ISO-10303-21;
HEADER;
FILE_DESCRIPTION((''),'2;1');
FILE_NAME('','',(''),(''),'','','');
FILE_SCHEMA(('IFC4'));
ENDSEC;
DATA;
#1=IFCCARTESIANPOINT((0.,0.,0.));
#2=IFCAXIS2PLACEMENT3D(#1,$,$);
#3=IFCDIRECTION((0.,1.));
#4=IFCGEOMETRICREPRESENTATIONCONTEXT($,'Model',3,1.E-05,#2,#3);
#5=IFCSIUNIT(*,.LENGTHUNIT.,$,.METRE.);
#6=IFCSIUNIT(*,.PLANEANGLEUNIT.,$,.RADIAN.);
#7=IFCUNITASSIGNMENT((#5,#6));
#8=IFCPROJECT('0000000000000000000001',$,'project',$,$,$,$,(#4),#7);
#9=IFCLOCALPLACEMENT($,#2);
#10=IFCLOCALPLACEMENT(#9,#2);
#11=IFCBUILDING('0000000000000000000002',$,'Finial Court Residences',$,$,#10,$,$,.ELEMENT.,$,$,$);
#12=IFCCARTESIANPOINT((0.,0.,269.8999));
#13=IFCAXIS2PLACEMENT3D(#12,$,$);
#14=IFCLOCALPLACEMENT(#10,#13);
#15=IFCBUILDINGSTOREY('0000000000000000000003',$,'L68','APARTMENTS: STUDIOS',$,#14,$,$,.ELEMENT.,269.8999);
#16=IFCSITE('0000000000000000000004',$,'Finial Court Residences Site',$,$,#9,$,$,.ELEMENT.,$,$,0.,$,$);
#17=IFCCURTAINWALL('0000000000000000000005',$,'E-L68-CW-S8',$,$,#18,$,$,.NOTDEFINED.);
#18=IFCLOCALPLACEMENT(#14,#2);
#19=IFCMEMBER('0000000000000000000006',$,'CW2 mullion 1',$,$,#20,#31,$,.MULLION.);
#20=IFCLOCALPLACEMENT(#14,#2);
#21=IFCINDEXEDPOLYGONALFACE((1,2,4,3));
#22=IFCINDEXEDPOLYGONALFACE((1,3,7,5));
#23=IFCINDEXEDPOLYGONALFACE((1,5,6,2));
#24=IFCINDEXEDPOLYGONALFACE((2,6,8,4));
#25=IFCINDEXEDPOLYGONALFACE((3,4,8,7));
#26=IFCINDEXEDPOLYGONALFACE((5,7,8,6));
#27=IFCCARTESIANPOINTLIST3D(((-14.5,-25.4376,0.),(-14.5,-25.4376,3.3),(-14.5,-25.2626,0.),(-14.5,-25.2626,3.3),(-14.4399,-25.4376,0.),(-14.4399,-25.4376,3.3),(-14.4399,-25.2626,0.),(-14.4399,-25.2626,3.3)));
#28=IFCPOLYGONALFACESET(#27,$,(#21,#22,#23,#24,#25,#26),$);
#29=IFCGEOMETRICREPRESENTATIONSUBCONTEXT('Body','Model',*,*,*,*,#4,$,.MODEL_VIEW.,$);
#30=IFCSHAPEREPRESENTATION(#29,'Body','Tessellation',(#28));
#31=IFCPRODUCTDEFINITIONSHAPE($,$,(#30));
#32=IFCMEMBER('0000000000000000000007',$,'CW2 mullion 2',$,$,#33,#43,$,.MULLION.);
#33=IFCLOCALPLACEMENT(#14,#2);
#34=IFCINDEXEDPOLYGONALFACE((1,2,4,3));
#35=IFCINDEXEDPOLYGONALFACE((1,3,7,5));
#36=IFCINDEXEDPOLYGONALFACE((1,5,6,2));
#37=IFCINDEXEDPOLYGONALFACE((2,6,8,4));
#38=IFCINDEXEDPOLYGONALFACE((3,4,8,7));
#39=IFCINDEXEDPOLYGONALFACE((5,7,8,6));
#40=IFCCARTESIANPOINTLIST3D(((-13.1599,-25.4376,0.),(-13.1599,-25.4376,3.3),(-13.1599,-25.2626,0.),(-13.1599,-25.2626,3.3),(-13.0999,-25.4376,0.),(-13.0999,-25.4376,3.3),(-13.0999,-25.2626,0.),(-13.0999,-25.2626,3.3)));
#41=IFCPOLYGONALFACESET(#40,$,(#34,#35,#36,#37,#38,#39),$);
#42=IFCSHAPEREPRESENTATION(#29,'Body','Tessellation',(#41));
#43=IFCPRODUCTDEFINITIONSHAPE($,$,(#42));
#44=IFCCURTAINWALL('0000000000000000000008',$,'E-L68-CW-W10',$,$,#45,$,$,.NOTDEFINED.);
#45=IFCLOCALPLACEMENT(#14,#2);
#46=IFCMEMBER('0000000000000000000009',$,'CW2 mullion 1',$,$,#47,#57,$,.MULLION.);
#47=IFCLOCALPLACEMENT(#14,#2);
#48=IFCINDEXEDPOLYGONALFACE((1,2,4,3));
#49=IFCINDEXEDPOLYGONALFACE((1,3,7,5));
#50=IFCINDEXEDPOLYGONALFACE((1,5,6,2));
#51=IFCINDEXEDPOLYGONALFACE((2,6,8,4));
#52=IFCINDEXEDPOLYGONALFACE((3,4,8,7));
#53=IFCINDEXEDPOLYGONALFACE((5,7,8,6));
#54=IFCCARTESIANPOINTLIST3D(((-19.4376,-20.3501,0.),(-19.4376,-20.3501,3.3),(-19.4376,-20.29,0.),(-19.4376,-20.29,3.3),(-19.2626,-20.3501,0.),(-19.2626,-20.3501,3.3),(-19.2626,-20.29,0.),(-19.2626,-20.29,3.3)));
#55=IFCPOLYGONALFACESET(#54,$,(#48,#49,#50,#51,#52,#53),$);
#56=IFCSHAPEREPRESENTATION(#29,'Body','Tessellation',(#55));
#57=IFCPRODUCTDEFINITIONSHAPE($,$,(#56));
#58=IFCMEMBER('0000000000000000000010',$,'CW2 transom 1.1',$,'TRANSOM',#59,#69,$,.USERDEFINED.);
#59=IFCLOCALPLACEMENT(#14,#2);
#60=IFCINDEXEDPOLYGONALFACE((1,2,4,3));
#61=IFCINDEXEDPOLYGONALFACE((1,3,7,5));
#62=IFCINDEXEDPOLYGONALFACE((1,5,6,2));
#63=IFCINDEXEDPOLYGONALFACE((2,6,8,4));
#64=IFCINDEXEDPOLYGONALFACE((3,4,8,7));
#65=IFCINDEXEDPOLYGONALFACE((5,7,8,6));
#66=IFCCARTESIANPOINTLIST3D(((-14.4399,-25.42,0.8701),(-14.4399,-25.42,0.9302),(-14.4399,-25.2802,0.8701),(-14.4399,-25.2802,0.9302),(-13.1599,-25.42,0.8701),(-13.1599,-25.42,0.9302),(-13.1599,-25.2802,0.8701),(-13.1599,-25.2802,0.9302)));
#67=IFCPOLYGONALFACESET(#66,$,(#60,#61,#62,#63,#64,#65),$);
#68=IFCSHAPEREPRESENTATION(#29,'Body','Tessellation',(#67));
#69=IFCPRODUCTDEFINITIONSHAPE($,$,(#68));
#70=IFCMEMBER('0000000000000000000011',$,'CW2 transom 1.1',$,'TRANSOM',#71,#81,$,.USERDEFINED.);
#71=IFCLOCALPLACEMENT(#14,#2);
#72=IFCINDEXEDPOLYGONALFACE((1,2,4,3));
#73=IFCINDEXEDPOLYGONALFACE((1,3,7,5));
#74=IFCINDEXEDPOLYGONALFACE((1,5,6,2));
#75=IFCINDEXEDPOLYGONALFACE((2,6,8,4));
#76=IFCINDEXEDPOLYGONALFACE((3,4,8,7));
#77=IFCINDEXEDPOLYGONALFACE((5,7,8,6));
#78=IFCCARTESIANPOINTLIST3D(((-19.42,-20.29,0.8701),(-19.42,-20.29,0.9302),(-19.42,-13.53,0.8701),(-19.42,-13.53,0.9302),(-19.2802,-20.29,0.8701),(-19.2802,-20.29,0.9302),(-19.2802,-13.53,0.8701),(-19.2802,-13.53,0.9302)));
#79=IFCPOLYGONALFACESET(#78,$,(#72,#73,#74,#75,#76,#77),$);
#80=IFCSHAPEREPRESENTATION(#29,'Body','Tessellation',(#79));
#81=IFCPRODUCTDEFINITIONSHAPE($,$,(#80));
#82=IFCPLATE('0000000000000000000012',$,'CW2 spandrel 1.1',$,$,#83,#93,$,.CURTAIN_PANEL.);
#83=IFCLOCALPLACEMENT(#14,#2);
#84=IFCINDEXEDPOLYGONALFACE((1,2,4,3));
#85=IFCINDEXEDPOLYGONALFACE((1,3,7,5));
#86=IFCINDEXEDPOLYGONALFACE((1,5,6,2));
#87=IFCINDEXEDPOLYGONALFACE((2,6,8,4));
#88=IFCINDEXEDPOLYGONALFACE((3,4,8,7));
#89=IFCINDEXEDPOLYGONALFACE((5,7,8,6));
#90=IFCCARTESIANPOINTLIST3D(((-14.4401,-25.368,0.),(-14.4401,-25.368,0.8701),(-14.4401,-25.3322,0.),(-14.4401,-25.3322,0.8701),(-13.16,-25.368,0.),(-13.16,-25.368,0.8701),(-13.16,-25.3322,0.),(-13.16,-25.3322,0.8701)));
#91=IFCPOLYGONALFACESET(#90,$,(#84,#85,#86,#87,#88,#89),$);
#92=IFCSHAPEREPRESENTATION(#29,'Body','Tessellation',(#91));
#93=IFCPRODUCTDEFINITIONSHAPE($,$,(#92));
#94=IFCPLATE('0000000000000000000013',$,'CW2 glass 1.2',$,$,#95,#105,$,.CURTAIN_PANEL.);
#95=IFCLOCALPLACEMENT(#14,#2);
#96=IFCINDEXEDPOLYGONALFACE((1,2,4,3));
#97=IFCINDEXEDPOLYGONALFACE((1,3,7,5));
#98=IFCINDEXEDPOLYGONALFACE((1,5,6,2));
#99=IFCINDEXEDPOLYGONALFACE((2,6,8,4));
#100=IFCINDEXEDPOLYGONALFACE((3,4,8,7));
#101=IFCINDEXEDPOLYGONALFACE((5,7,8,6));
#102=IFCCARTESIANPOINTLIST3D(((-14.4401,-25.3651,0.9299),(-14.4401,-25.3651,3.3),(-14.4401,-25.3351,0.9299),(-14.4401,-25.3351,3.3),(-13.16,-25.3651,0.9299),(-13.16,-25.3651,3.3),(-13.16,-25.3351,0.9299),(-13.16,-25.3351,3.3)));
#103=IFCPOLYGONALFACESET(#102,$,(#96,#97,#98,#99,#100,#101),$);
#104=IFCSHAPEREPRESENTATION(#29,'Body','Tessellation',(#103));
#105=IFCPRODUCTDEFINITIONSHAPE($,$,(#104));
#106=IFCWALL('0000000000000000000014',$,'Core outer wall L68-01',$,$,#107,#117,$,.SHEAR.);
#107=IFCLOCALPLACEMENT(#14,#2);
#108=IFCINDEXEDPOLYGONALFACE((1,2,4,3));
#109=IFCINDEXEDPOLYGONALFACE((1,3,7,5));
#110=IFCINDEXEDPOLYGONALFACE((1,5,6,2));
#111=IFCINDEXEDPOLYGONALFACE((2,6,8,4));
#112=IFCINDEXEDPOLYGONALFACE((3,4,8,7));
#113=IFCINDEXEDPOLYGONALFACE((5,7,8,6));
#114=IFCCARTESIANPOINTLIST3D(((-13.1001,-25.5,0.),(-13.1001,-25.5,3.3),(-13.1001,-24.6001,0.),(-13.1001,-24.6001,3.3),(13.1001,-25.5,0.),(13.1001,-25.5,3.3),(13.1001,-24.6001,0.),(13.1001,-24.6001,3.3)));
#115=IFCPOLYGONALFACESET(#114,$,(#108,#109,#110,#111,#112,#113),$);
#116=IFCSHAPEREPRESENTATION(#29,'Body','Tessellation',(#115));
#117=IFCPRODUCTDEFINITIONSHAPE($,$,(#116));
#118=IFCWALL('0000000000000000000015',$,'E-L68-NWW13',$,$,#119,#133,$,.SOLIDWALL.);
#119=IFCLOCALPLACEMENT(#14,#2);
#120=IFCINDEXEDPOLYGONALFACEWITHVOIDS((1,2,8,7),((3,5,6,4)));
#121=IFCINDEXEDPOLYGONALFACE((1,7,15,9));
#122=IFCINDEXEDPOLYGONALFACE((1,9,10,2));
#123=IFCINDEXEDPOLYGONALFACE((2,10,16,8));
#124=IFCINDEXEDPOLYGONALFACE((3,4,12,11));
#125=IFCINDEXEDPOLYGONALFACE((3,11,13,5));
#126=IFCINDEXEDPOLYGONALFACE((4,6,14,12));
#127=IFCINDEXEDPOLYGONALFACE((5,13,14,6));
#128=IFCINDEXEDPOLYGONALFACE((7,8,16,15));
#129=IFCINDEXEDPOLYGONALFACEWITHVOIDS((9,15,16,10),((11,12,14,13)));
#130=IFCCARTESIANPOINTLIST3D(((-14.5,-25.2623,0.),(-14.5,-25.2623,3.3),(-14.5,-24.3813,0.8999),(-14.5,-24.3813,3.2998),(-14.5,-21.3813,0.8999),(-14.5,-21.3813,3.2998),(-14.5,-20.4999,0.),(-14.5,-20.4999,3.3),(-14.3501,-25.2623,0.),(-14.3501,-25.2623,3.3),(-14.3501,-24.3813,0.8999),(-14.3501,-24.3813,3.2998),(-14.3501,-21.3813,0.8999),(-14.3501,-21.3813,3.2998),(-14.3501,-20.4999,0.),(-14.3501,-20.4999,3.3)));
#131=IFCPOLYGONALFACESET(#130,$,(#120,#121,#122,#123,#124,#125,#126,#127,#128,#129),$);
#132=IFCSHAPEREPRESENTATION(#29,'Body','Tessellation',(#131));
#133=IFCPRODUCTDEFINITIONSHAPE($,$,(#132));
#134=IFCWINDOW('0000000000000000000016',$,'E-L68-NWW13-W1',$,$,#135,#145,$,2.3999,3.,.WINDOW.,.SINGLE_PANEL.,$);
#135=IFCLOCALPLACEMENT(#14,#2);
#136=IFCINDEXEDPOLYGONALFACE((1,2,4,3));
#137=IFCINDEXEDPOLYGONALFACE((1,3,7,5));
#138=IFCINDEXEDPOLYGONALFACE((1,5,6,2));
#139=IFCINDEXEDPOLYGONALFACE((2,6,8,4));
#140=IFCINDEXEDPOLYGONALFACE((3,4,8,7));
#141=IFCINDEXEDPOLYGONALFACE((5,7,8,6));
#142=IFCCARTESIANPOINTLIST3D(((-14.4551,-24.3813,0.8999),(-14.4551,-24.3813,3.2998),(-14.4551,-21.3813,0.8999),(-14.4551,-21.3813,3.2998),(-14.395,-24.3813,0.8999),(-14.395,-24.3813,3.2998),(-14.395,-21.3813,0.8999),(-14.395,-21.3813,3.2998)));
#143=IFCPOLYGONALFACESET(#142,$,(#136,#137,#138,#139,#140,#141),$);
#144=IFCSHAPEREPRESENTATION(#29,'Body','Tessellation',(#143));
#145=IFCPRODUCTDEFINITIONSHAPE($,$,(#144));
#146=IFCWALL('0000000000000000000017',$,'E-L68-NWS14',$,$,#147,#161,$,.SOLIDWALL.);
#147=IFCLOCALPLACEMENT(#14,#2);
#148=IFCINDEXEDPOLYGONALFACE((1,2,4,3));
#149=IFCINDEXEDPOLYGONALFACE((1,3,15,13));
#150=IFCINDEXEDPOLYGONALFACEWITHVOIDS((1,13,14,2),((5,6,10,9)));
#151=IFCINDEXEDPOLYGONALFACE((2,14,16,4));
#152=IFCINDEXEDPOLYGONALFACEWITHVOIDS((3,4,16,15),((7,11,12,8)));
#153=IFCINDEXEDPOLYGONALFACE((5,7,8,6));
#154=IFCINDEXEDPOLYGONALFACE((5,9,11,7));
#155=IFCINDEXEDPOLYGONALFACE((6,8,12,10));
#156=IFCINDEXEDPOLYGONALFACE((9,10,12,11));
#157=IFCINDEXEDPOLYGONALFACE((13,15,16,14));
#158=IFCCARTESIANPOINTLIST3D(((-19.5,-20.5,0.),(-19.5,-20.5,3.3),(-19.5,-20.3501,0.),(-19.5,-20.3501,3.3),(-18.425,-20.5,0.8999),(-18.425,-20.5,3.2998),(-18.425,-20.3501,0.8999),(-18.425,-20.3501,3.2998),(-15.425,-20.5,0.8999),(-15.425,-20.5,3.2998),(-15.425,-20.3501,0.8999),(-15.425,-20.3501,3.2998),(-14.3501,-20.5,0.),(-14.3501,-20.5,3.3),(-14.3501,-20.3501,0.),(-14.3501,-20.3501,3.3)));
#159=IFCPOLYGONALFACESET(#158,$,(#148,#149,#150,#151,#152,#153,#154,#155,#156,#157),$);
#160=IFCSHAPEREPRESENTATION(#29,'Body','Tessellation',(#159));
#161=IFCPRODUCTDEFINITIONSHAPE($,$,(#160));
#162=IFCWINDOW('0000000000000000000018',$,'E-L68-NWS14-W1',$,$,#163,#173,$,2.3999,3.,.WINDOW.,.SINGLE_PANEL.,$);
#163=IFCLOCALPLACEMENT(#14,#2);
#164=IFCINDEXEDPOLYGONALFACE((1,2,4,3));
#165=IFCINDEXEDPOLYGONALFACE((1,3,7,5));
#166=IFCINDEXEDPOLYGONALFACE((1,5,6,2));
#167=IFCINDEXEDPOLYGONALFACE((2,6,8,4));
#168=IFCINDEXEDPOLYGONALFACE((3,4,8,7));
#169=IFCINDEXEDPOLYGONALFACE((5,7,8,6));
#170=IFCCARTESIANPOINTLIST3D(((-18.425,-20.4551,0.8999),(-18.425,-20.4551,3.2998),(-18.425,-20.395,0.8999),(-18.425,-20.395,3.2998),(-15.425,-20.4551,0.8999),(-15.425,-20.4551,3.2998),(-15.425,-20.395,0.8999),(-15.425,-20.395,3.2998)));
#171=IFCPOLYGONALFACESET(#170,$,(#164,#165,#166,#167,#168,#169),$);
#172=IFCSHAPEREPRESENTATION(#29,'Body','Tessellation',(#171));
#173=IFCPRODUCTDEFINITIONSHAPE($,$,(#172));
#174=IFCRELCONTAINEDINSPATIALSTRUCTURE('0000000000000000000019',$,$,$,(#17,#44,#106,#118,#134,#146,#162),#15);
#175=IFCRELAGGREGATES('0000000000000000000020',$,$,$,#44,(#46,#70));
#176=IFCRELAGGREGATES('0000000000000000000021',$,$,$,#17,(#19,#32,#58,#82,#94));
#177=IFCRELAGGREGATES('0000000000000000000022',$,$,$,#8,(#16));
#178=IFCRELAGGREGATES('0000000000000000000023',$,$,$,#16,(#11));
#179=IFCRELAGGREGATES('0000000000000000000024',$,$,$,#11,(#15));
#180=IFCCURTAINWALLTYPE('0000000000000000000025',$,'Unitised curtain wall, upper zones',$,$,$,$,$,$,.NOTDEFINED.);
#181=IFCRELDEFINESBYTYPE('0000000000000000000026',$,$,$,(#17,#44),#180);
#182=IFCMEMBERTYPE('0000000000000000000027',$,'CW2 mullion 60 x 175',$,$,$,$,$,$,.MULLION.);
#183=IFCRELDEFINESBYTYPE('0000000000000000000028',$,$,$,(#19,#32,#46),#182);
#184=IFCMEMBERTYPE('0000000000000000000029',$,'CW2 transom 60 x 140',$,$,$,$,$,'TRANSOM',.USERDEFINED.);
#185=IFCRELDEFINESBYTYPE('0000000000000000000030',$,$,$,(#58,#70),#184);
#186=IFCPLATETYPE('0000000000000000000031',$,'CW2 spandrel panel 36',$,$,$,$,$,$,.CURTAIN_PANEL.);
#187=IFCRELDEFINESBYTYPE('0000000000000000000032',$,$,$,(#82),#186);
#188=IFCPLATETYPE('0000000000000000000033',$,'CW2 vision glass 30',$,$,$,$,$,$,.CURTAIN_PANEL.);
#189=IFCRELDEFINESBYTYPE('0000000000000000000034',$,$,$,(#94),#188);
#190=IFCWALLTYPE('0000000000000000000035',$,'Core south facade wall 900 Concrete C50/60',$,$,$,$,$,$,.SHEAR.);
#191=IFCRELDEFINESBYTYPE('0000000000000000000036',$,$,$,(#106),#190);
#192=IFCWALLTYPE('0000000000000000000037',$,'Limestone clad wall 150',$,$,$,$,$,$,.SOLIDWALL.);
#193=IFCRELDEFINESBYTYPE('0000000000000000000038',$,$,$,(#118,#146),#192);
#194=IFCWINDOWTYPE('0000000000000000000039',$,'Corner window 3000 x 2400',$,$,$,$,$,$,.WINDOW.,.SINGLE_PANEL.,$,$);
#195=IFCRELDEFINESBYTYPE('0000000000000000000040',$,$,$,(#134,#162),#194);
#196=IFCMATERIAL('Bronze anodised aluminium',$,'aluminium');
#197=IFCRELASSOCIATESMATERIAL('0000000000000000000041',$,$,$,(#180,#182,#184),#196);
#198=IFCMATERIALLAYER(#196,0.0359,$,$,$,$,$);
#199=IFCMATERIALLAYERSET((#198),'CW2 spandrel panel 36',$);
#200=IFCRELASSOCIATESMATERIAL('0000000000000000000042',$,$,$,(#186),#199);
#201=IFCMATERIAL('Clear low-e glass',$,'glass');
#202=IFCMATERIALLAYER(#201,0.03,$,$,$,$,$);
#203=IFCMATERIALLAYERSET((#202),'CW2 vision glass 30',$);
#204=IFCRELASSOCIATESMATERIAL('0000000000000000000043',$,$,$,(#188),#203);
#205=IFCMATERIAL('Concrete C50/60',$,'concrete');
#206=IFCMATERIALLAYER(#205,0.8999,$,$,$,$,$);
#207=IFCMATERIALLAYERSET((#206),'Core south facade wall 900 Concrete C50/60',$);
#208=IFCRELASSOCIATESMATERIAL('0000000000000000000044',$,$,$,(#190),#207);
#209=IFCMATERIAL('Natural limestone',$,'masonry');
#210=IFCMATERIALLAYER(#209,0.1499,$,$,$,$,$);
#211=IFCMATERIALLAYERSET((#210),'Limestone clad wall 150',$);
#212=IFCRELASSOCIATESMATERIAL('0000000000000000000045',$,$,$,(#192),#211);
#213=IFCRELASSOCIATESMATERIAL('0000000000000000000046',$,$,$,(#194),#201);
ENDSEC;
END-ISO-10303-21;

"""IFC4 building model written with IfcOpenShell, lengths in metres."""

from ifc_helpers import new_model, si_unit, direction, frame, frame_2d, origin, origin_2d, place, context, subcontext, project, spatial, rectangle, extrude, material, layer, layer_set, material_profile, profile_set, type_object, element, fill, aggregate, save


model = new_model("IFC4")

# Units and contexts
model_context = context("Model", 3, precision=1e-05, world=origin(), true_north=direction((0.0, 1.0)))
body_context = subcontext(model_context, "Body", "Model", "MODEL_VIEW")
ifc_project = project(units=[si_unit("LENGTHUNIT", "METRE"), si_unit("PLANEANGLEUNIT", "RADIAN")], contexts=[model_context])

# Site, building, storey
site_placement = place(None, origin())
site = spatial("IfcSite", under=ifc_project, at=site_placement, Name="Finial Court Residences Site", CompositionType="ELEMENT", RefElevation=0.0)
building_placement = place(site_placement, origin())
building = spatial("IfcBuilding", under=site, at=building_placement, Name="Finial Court Residences", CompositionType="ELEMENT")
storey_placement = place(building_placement, frame((0.0, 0.0, 269.8999)))
storey = spatial("IfcBuildingStorey", under=building, at=storey_placement, Name="L68", Description="APARTMENTS: STUDIOS", CompositionType="ELEMENT", Elevation=269.8999)

# Curtain wall, members
ifc_material_1 = material(Name="Bronze anodised aluminium", Category="aluminium")
curtain_wall_type = type_object("IfcCurtainWallType", Name="Unitised curtain wall, upper zones", PredefinedType="NOTDEFINED", material=ifc_material_1)
curtain_wall_1_placement = place(storey_placement, origin())
curtain_wall_1 = element("IfcCurtainWall", 1, at=curtain_wall_1_placement, inside=storey, type_object=curtain_wall_type, Name="E-L68-CW-S8", PredefinedType="NOTDEFINED")
ifc_material_profile_1 = material_profile(ifc_material_1, rectangle(XDim=0.175, YDim=0.0601, at=origin_2d()), Name="CW2 mullion 60 x 175")
ifc_profile_set_1 = profile_set([ifc_material_profile_1], Name="Bronze anodised aluminium")
member_type_1 = type_object("IfcMemberType", Name="CW2 mullion 60 x 175", PredefinedType="MULLION", material=ifc_profile_set_1)
member_1_placement = place(storey_placement, frame((-14.47, -25.3501, 0.0), z_axis=(0.0, 0.0, 1.0), x_axis=(0.0, 1.0, 0.0)))
member_1 = element("IfcMember", 2, at=member_1_placement, type_object=member_type_1, Name="CW2 mullion 1", PredefinedType="MULLION", context=body_context, shape_type="SweptSolid", body=[
    extrude(rectangle(XDim=0.175, YDim=0.0601, at=origin_2d()), origin(), (0.0, 0.0, 1.0), 3.3),
])
member_2_placement = place(storey_placement, frame((-13.1299, -25.3501, 0.0), z_axis=(0.0, 0.0, 1.0), x_axis=(0.0, 1.0, 0.0)))
member_2 = element("IfcMember", 3, at=member_2_placement, type_object=member_type_1, Name="CW2 mullion 2", PredefinedType="MULLION", context=body_context, shape_type="SweptSolid", body=[
    extrude(rectangle(XDim=0.175, YDim=0.0601, at=origin_2d()), origin(), (0.0, 0.0, 1.0), 3.3),
])

# Curtain wall, member
curtain_wall_2_placement = place(storey_placement, origin())
curtain_wall_2 = element("IfcCurtainWall", 4, at=curtain_wall_2_placement, inside=storey, type_object=curtain_wall_type, Name="E-L68-CW-W10", PredefinedType="NOTDEFINED")
member_3_placement = place(storey_placement, frame((-19.3501, -20.3201, 0.0), z_axis=(0.0, 0.0, 1.0), x_axis=(-1.0, 0.0, 0.0)))
member_3 = element("IfcMember", 5, at=member_3_placement, type_object=member_type_1, Name="CW2 mullion 1", PredefinedType="MULLION", context=body_context, shape_type="SweptSolid", body=[
    extrude(rectangle(XDim=0.175, YDim=0.0601, at=origin_2d()), origin(), (0.0, 0.0, 1.0), 3.3),
])

# Members
ifc_material_profile_2 = material_profile(ifc_material_1, rectangle(XDim=0.1399, YDim=0.0601, at=origin_2d()), Name="CW2 transom 60 x 140")
ifc_profile_set_2 = profile_set([ifc_material_profile_2], Name="Bronze anodised aluminium")
member_type_2 = type_object("IfcMemberType", Name="CW2 transom 60 x 140", ElementType="TRANSOM", PredefinedType="USERDEFINED", material=ifc_profile_set_2)
member_4_placement = place(storey_placement, frame((-14.4399, -25.3501, 0.9001), z_axis=(1.0, 0.0, 0.0), x_axis=(0.0, 1.0, 0.0)))
member_4 = element("IfcMember", 6, at=member_4_placement, type_object=member_type_2, Name="CW2 transom 1.1", ObjectType="TRANSOM", PredefinedType="USERDEFINED", context=body_context, shape_type="SweptSolid", body=[
    extrude(rectangle(XDim=0.1399, YDim=0.0601, at=origin_2d()), origin(), (0.0, 0.0, 1.0), 1.28),
])
member_5_placement = place(storey_placement, frame((-19.3501, -20.29, 0.9001), z_axis=(0.0, 1.0, 0.0), x_axis=(-1.0, 0.0, 0.0)))
member_5 = element("IfcMember", 7, at=member_5_placement, type_object=member_type_2, Name="CW2 transom 1.1", ObjectType="TRANSOM", PredefinedType="USERDEFINED", context=body_context, shape_type="SweptSolid", body=[
    extrude(rectangle(XDim=0.1399, YDim=0.0601, at=origin_2d()), origin(), (0.0, 0.0, 1.0), 6.76),
])
aggregate(curtain_wall_2, [member_3, member_5])

# Plates
ifc_layer_1 = layer(ifc_material_1, 0.0359)
ifc_layer_set_1 = layer_set([ifc_layer_1], Name="CW2 spandrel panel 36")
plate_type_1 = type_object("IfcPlateType", Name="CW2 spandrel panel 36", PredefinedType="CURTAIN_PANEL", material=ifc_layer_set_1)
plate_1_placement = place(storey_placement, frame((-13.8, -25.3501, 0.0), z_axis=(0.0, 0.0, 1.0), x_axis=(1.0, 0.0, 0.0)))
plate_1 = element("IfcPlate", 8, at=plate_1_placement, type_object=plate_type_1, Name="CW2 spandrel 1.1", PredefinedType="CURTAIN_PANEL", context=body_context, shape_type="SweptSolid", body=[
    extrude(rectangle(XDim=1.28, YDim=0.0359, at=origin_2d()), origin(), (0.0, 0.0, 1.0), 0.8701),
])
ifc_material_2 = material(Name="Clear low-e glass", Category="glass")
ifc_layer_2 = layer(ifc_material_2, 0.03)
ifc_layer_set_2 = layer_set([ifc_layer_2], Name="CW2 vision glass 30")
plate_type_2 = type_object("IfcPlateType", Name="CW2 vision glass 30", PredefinedType="CURTAIN_PANEL", material=ifc_layer_set_2)
plate_2_placement = place(storey_placement, frame((-13.8, -25.3501, 0.9299), z_axis=(0.0, 0.0, 1.0), x_axis=(1.0, 0.0, 0.0)))
plate_2 = element("IfcPlate", 9, at=plate_2_placement, type_object=plate_type_2, Name="CW2 glass 1.2", PredefinedType="CURTAIN_PANEL", context=body_context, shape_type="SweptSolid", body=[
    extrude(rectangle(XDim=1.28, YDim=0.03, at=origin_2d()), origin(), (0.0, 0.0, 1.0), 2.3701),
])
aggregate(curtain_wall_1, [member_1, member_2, member_4, plate_1, plate_2])

# Wall
ifc_material_3 = material(Name="Concrete C50/60", Category="concrete")
ifc_layer_3 = layer(ifc_material_3, 0.8999)
ifc_layer_set_3 = layer_set([ifc_layer_3], Name="Core south facade wall 900 Concrete C50/60")
wall_type_1 = type_object("IfcWallType", Name="Core south facade wall 900 Concrete C50/60", PredefinedType="SHEAR", material=ifc_layer_set_3)
wall_1_placement = place(storey_placement, frame((-13.1001, -25.05, 0.0), z_axis=(0.0, 0.0, 1.0), x_axis=(1.0, 0.0, 0.0)))
element("IfcWall", 10, at=wall_1_placement, inside=storey, type_object=wall_type_1, Name="Core outer wall L68-01", PredefinedType="SHEAR", context=body_context, shape_type="SweptSolid", body=[
    extrude(rectangle(XDim=26.2002, YDim=0.8999, at=frame_2d((13.1001, 0.0))), origin(), (0.0, 0.0, 1.0), 3.3),
])

# Walls, openings, windows
ifc_material_4 = material(Name="Natural limestone", Category="masonry")
ifc_layer_4 = layer(ifc_material_4, 0.1499)
ifc_layer_set_4 = layer_set([ifc_layer_4], Name="Limestone clad wall 150")
wall_type_2 = type_object("IfcWallType", Name="Limestone clad wall 150", PredefinedType="SOLIDWALL", material=ifc_layer_set_4)
wall_2_placement = place(storey_placement, frame((-14.425, -25.2625, 0.0), z_axis=(0.0, 0.0, 1.0), x_axis=(0.0, 1.0, 0.0)))
wall_2 = element("IfcWall", 11, at=wall_2_placement, inside=storey, type_object=wall_type_2, Name="E-L68-NWW13", PredefinedType="SOLIDWALL", context=body_context, shape_type="SweptSolid", body=[
    extrude(rectangle(XDim=4.7625, YDim=0.1499, at=frame_2d((2.3813, 0.0))), origin(), (0.0, 0.0, 1.0), 3.3),
])
opening_1_placement = place(wall_2_placement, frame((0.8811, 0.0, 0.8999)))
opening_1 = element("IfcOpeningElement", 12, at=opening_1_placement, cuts=wall_2, PredefinedType="OPENING", context=body_context, shape_type="SweptSolid", body=[
    extrude(rectangle(XDim=3.0, YDim=2.3999, at=frame_2d((1.5, 1.2))), frame((0.0, 0.085, 0.0), z_axis=(0.0, -1.0, 0.0), x_axis=(1.0, 0.0, 0.0)), (0.0, 0.0, 1.0), 0.1699),
])
window_type = type_object("IfcWindowType", Name="Corner window 3000 x 2400", PartitioningType="SINGLE_PANEL", PredefinedType="WINDOW", material=ifc_material_2)
window_1_placement = place(opening_1_placement, origin())
window_1 = element("IfcWindow", 13, at=window_1_placement, inside=storey, type_object=window_type, Name="E-L68-NWW13-W1", OverallHeight=2.3999, OverallWidth=3.0, PartitioningType="SINGLE_PANEL", PredefinedType="WINDOW", context=body_context, shape_type="SweptSolid", body=[
    extrude(rectangle(XDim=3.0, YDim=2.3999, at=frame_2d((1.5, 1.2))), frame((0.0, 0.03, 0.0), z_axis=(0.0, -1.0, 0.0), x_axis=(1.0, 0.0, 0.0)), (0.0, 0.0, 1.0), 0.0601),
])
fill(opening_1, window_1)
wall_3_placement = place(storey_placement, frame((-14.3501, -20.425, 0.0), z_axis=(0.0, 0.0, 1.0), x_axis=(-1.0, 0.0, 0.0)))
wall_3 = element("IfcWall", 14, at=wall_3_placement, inside=storey, type_object=wall_type_2, Name="E-L68-NWS14", PredefinedType="SOLIDWALL", context=body_context, shape_type="SweptSolid", body=[
    extrude(rectangle(XDim=5.1499, YDim=0.1499, at=frame_2d((2.575, 0.0))), origin(), (0.0, 0.0, 1.0), 3.3),
])
opening_2_placement = place(wall_3_placement, frame((1.075, 0.0, 0.8999)))
opening_2 = element("IfcOpeningElement", 15, at=opening_2_placement, cuts=wall_3, PredefinedType="OPENING", context=body_context, shape_type="SweptSolid", body=[
    extrude(rectangle(XDim=3.0, YDim=2.3999, at=frame_2d((1.5, 1.2))), frame((0.0, 0.085, 0.0), z_axis=(0.0, -1.0, 0.0), x_axis=(1.0, 0.0, 0.0)), (0.0, 0.0, 1.0), 0.1699),
])
window_2_placement = place(opening_2_placement, origin())
window_2 = element("IfcWindow", 16, at=window_2_placement, inside=storey, type_object=window_type, Name="E-L68-NWS14-W1", OverallHeight=2.3999, OverallWidth=3.0, PartitioningType="SINGLE_PANEL", PredefinedType="WINDOW", context=body_context, shape_type="SweptSolid", body=[
    extrude(rectangle(XDim=3.0, YDim=2.3999, at=frame_2d((1.5, 1.2))), frame((0.0, 0.03, 0.0), z_axis=(0.0, -1.0, 0.0), x_axis=(1.0, 0.0, 0.0)), (0.0, 0.0, 1.0), 0.0601),
])
fill(opening_2, window_2)

save(model, "model.ifc")
